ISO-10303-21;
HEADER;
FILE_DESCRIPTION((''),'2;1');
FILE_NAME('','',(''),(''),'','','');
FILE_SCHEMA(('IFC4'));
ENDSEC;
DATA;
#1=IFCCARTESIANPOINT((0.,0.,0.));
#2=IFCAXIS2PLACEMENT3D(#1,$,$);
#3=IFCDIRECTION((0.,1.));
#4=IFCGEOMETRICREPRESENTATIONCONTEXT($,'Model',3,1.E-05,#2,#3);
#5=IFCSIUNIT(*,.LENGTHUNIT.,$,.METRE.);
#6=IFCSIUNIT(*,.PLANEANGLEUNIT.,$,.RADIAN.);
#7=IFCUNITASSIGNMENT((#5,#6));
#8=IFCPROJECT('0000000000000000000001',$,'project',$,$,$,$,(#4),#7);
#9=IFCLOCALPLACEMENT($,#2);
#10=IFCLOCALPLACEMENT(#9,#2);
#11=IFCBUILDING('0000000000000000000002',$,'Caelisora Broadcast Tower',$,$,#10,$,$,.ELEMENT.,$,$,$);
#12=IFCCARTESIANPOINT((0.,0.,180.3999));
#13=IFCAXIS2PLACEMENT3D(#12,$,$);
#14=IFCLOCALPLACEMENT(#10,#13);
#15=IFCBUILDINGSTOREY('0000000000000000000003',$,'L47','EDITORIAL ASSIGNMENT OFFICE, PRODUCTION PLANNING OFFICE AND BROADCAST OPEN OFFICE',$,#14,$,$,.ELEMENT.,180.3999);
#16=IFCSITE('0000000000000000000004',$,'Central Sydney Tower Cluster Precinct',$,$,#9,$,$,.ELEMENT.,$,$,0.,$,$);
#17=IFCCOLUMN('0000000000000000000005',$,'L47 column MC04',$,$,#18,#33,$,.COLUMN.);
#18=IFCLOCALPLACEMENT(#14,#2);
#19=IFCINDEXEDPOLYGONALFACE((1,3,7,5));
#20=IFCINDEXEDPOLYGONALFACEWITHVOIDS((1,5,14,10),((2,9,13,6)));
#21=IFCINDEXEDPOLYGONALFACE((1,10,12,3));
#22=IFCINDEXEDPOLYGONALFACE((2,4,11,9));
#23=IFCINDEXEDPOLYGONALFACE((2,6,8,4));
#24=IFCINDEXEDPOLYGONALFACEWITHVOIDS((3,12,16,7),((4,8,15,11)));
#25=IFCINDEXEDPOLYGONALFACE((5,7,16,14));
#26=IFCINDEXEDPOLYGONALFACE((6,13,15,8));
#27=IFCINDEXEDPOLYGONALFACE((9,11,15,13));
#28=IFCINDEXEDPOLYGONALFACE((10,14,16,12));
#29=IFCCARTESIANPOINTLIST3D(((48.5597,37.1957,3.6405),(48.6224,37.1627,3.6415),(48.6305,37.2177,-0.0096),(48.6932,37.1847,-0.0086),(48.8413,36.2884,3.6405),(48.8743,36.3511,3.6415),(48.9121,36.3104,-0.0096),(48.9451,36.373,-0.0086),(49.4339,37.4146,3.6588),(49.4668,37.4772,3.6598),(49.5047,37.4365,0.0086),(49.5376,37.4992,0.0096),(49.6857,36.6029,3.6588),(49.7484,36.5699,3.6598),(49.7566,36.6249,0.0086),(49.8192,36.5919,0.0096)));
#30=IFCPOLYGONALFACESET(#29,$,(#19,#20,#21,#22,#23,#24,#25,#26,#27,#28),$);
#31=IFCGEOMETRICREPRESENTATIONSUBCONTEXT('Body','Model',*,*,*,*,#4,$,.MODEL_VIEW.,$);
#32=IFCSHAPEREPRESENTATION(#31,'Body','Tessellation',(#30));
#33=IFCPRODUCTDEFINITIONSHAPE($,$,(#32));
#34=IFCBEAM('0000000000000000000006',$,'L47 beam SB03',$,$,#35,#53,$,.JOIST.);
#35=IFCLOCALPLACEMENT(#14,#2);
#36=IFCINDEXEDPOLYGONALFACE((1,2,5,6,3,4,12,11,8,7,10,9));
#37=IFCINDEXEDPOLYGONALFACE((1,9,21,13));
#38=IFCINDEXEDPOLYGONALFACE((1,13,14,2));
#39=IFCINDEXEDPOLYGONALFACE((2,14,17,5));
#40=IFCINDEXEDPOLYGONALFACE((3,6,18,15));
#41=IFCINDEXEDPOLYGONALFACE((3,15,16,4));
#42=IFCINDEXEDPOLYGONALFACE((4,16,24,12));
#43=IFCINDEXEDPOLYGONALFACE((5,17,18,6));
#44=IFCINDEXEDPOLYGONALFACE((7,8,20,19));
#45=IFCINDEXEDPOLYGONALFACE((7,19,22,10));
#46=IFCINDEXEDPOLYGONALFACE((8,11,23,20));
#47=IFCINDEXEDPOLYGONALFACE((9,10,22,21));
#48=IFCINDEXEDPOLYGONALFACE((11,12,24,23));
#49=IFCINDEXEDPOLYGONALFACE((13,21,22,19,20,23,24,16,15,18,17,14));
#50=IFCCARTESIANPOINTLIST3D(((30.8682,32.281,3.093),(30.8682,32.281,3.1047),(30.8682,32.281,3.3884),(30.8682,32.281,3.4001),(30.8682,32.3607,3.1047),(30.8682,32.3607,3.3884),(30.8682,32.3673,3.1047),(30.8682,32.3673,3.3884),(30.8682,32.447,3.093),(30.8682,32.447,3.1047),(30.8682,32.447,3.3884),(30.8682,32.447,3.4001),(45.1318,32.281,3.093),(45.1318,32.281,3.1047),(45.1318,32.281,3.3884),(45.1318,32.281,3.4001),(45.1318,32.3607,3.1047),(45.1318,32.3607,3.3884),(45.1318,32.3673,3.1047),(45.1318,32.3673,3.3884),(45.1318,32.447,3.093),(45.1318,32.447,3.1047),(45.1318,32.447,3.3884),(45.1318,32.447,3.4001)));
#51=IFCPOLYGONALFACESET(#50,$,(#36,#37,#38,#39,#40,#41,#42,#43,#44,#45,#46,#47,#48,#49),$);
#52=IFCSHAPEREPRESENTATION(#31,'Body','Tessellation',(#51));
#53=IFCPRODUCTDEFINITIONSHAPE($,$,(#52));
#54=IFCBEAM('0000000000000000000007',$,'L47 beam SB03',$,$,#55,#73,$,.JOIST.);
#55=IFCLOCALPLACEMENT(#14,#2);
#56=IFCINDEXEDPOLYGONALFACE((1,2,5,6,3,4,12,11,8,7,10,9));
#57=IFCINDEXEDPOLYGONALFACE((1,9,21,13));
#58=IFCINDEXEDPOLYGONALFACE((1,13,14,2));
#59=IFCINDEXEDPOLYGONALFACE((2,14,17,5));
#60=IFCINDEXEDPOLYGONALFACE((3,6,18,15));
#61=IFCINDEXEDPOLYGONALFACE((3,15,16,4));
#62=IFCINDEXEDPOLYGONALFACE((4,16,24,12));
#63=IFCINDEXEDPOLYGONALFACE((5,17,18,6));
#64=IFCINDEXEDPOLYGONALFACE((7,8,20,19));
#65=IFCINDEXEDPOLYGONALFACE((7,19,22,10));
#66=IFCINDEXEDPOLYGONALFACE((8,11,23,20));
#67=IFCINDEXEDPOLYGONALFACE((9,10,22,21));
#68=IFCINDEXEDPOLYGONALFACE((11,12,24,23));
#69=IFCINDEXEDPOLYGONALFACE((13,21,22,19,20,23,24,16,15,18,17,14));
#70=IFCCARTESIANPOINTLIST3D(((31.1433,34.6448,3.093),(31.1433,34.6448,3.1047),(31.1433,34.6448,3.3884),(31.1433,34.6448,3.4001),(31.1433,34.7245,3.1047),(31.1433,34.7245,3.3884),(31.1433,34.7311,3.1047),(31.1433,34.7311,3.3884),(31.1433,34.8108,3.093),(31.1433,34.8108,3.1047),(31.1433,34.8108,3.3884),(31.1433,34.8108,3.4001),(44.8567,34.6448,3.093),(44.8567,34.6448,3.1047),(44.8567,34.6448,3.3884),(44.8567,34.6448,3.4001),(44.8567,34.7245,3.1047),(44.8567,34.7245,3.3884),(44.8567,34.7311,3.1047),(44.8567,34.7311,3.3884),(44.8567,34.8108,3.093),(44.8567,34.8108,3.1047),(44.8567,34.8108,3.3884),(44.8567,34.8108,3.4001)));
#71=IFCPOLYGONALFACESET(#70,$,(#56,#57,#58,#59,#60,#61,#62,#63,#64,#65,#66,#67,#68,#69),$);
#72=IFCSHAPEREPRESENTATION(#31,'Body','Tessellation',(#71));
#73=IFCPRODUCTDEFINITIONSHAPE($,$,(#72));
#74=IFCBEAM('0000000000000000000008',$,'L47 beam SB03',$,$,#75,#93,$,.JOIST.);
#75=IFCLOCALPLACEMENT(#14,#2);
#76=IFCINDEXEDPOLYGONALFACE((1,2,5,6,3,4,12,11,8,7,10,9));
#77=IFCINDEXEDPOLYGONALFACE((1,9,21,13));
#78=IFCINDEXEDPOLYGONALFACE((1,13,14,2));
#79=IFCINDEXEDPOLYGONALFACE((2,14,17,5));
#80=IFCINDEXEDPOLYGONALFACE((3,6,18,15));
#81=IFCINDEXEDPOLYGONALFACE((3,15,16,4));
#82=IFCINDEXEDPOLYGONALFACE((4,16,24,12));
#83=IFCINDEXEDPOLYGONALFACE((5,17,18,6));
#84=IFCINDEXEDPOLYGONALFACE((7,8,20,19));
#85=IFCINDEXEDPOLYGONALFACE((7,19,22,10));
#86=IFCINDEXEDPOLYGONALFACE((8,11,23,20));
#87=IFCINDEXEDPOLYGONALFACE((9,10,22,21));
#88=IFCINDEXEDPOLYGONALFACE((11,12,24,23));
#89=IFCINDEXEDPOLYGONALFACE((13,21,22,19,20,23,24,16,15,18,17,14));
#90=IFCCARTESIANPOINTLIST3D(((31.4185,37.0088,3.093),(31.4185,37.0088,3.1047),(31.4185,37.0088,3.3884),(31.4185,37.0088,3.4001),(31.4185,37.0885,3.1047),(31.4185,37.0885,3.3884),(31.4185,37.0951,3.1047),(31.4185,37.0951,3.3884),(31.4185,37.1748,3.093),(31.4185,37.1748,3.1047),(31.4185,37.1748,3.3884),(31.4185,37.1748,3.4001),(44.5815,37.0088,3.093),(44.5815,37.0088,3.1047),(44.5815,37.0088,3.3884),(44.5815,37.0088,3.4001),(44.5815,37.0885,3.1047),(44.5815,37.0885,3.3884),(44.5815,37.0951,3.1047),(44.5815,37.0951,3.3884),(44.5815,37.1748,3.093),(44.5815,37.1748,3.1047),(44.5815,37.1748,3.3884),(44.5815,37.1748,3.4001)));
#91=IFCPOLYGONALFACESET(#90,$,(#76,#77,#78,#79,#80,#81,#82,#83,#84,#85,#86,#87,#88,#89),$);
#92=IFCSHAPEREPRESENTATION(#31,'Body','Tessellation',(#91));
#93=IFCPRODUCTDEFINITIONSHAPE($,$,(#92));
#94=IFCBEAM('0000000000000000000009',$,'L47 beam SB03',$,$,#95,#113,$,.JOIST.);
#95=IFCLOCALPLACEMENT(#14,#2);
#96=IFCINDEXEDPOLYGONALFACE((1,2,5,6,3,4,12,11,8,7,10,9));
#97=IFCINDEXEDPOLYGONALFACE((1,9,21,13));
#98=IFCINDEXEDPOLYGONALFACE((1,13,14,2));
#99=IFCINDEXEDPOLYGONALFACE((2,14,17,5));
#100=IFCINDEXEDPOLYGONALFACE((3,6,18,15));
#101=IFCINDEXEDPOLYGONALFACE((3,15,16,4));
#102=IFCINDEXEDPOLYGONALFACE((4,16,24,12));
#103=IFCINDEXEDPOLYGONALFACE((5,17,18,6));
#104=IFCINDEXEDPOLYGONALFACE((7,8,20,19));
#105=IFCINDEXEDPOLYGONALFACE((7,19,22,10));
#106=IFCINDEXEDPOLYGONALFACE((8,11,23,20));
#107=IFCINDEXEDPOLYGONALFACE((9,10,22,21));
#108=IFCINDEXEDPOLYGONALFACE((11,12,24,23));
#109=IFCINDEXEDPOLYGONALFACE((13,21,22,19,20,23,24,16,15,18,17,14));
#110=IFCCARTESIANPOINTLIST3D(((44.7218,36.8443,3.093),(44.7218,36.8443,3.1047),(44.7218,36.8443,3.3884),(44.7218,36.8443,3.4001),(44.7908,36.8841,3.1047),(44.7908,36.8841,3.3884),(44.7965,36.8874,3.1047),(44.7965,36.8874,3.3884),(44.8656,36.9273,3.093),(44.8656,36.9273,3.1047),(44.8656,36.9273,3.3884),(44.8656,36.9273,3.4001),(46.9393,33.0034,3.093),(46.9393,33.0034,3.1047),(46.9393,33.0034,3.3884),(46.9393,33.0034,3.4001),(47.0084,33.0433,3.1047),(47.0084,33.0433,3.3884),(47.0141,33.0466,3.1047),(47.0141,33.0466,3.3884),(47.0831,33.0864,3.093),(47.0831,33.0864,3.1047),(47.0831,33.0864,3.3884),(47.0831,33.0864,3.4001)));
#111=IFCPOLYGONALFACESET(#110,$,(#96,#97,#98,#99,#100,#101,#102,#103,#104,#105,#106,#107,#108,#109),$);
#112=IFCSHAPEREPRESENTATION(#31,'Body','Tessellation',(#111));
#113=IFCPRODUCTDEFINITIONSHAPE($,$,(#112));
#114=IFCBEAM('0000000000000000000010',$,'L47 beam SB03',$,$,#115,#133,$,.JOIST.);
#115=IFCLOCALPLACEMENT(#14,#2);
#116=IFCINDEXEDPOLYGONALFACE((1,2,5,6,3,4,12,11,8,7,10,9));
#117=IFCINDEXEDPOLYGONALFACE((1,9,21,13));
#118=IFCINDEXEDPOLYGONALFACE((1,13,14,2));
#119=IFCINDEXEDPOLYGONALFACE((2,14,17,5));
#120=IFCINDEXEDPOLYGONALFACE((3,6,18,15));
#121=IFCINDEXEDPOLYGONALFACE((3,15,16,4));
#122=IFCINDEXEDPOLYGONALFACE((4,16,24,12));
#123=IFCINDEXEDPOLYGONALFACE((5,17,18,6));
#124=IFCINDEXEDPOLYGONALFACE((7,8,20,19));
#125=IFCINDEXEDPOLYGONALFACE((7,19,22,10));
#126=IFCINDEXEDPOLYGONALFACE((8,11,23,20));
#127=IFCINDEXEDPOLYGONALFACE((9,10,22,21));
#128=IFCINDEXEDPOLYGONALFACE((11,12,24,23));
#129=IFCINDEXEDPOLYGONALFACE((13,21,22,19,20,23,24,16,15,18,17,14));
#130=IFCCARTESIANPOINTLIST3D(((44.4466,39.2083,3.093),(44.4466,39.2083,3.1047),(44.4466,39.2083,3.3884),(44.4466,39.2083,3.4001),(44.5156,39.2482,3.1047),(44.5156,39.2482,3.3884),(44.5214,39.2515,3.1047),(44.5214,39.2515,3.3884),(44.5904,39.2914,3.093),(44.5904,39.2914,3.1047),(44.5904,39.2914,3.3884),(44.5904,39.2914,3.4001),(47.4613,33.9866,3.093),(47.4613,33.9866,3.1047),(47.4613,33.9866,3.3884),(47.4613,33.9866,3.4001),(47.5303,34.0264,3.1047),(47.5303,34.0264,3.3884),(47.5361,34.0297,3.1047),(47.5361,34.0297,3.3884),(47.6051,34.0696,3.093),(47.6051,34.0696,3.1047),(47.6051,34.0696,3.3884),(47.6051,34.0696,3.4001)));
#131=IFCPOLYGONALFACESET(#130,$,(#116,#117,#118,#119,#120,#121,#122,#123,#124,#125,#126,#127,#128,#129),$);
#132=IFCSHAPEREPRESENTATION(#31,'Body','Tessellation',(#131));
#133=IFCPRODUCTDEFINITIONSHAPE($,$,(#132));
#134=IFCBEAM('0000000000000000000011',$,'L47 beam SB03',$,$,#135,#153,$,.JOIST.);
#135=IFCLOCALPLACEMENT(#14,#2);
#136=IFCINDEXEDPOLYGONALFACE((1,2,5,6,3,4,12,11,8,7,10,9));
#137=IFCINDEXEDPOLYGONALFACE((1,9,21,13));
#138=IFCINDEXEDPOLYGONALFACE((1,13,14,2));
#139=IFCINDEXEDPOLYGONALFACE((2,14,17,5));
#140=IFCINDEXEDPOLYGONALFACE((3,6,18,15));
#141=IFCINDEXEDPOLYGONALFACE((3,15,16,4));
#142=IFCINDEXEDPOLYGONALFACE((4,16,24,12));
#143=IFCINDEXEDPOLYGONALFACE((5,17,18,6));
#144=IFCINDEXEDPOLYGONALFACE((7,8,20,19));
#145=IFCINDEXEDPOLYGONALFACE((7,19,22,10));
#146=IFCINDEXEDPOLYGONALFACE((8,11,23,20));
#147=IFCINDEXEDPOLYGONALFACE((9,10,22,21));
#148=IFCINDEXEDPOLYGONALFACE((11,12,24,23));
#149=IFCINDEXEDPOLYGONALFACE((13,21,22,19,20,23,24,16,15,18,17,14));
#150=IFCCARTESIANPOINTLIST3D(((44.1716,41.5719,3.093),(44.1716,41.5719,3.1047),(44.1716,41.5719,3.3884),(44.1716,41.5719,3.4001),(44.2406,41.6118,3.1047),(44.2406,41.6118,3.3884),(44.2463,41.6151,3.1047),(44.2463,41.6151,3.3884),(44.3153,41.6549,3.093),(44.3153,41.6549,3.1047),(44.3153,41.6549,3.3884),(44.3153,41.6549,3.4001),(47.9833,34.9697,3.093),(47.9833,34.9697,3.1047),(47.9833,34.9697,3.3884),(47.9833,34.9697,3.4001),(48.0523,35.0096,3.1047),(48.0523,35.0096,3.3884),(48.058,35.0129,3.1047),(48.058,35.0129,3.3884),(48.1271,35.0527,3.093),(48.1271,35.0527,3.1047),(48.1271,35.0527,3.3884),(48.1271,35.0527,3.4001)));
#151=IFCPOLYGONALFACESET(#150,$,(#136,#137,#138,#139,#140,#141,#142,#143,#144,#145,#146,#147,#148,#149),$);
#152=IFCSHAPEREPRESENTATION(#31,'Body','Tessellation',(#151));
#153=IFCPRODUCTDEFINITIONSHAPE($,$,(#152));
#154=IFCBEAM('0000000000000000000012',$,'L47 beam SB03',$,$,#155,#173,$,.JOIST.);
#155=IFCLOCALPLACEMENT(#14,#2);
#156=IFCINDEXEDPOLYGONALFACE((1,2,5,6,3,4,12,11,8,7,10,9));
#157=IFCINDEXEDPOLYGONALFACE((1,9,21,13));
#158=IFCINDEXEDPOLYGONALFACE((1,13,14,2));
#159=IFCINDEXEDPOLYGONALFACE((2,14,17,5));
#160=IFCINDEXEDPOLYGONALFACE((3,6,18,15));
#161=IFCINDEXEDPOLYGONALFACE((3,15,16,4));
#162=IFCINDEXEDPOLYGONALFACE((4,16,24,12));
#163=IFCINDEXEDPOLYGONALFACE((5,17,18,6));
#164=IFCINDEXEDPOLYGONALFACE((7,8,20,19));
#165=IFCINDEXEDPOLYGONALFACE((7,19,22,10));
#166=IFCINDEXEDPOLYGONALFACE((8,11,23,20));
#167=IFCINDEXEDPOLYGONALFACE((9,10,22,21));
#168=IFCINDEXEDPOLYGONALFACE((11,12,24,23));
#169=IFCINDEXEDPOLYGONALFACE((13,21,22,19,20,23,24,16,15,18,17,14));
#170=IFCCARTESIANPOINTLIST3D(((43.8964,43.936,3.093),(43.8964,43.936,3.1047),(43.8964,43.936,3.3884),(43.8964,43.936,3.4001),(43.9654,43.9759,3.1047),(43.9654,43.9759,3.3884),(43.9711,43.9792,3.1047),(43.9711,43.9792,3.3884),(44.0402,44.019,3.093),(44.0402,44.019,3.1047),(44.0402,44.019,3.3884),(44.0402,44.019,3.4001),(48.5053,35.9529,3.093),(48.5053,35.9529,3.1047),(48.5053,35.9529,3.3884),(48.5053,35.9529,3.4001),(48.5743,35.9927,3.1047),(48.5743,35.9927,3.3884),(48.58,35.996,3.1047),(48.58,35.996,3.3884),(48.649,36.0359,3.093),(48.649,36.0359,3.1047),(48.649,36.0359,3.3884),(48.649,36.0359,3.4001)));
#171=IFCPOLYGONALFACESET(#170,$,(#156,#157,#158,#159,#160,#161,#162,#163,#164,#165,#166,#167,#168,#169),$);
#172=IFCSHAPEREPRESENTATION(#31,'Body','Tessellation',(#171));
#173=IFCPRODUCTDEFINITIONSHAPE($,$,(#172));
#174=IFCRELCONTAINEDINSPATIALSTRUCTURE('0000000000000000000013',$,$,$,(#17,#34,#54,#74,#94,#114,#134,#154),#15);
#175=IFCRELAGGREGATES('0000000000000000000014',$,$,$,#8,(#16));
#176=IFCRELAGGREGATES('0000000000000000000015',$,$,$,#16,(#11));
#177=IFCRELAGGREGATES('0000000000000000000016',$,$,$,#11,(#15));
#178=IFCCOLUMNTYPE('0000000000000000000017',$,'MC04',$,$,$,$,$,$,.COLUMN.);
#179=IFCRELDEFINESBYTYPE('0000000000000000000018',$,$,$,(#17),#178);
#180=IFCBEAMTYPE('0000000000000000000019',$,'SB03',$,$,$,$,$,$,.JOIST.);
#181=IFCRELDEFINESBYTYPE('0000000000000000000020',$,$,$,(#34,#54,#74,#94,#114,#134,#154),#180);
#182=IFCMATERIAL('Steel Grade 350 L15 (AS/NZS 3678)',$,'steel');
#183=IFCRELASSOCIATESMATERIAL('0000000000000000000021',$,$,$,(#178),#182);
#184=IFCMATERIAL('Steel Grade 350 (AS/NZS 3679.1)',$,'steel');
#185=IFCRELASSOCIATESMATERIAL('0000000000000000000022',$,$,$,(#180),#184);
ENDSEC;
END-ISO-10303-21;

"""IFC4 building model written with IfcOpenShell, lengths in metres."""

from ifc_helpers import new_model, si_unit, direction, frame, origin, origin_2d, place, context, subcontext, project, spatial, hollow_rectangle, i_section, extrude, source, transform, mapped, material, material_profile, profile_set, type_object, type_shapes, element, save


model = new_model("IFC4")

# Units and contexts
model_context = context("Model", 3, precision=1e-05, world=origin(), true_north=direction((0.0, 1.0)))
body_context = subcontext(model_context, "Body", "Model", "MODEL_VIEW")
ifc_project = project(units=[si_unit("LENGTHUNIT", "METRE"), si_unit("PLANEANGLEUNIT", "RADIAN")], contexts=[model_context])

# Site, building, storey
site_placement = place(None, origin())
site = spatial("IfcSite", under=ifc_project, at=site_placement, Name="Central Sydney Tower Cluster Precinct", CompositionType="ELEMENT", RefElevation=0.0)
building_placement = place(site_placement, origin())
building = spatial("IfcBuilding", under=site, at=building_placement, Name="Caelisora Broadcast Tower", CompositionType="ELEMENT")
storey_placement = place(building_placement, frame((0.0, 0.0, 180.3999)))
storey = spatial("IfcBuildingStorey", under=building, at=storey_placement, Name="L47", Description="EDITORIAL ASSIGNMENT OFFICE, PRODUCTION PLANNING OFFICE AND BROADCAST OPEN OFFICE", CompositionType="ELEMENT", Elevation=180.3999)

# Column
ifc_material_1 = material(Name="Steel Grade 350 L15 (AS/NZS 3678)", Category="steel")
ifc_material_profile_1 = material_profile(ifc_material_1, hollow_rectangle(XDim=0.95, YDim=0.95, WallThickness=0.05, at=origin_2d()), Name="Steel Grade 350 L15 (AS/NZS 3678)")
ifc_profile_set_1 = profile_set([ifc_material_profile_1], Name="Steel Grade 350 L15 (AS/NZS 3678)")
column_type = type_object("IfcColumnType", Name="MC04", PredefinedType="COLUMN", material=ifc_profile_set_1)
shared_shape_1 = source(origin(), body_context, "Body", "SweptSolid", [
    extrude(hollow_rectangle(XDim=0.95, YDim=0.95, WallThickness=0.05, at=origin_2d()), origin(), (0.0, 0.0, 1.0), 3.6509),
])
type_shapes(column_type, [shared_shape_1])
column_placement = place(storey_placement, frame((49.2249, 36.9048, 0.0), z_axis=(-0.019393, -0.006018, 0.999794), x_axis=(0.296399, -0.955064, 0.0)))
element("IfcColumn", 1, at=column_placement, inside=storey, type_object=column_type, Name="L47 column MC04", PredefinedType="COLUMN", context=body_context, shape_type="MappedRepresentation", body=[
    mapped(shared_shape_1, transform((0.0, 0.0, 0.0), scale=1.0)),
])

# Beams
ifc_material_2 = material(Name="Steel Grade 350 (AS/NZS 3679.1)", Category="steel")
ifc_material_profile_2 = material_profile(ifc_material_2, i_section(OverallWidth=0.166, OverallDepth=0.3071, WebThickness=0.0066, FlangeThickness=0.0117, at=origin_2d()), Name="Steel Grade 350 (AS/NZS 3679.1)")
ifc_profile_set_2 = profile_set([ifc_material_profile_2], Name="Steel Grade 350 (AS/NZS 3679.1)")
beam_type = type_object("IfcBeamType", Name="SB03", PredefinedType="JOIST", material=ifc_profile_set_2)
shared_shape_2 = source(origin(), body_context, "Body", "SweptSolid", [
    extrude(i_section(OverallWidth=0.166, OverallDepth=0.3071, WebThickness=0.0066, FlangeThickness=0.0117, at=origin_2d()), origin(), (0.0, 0.0, 1.0), 14.2637),
])
beam_1_placement = place(storey_placement, frame((45.1318, 32.364, 3.2466), z_axis=(-1.0, 0.0, 0.0), x_axis=(0.0, -1.0, 0.0)))
element("IfcBeam", 2, at=beam_1_placement, inside=storey, type_object=beam_type, Name="L47 beam SB03", PredefinedType="JOIST", context=body_context, shape_type="MappedRepresentation", body=[
    mapped(shared_shape_2, transform((0.0, 0.0, 0.0), scale=1.0)),
])
shared_shape_3 = source(origin(), body_context, "Body", "SweptSolid", [
    extrude(i_section(OverallWidth=0.166, OverallDepth=0.3071, WebThickness=0.0066, FlangeThickness=0.0117, at=origin_2d()), origin(), (0.0, 0.0, 1.0), 13.7134),
])
beam_2_placement = place(storey_placement, frame((44.8567, 34.7278, 3.2466), z_axis=(-1.0, 0.0, 0.0), x_axis=(0.0, -1.0, 0.0)))
element("IfcBeam", 3, at=beam_2_placement, inside=storey, type_object=beam_type, Name="L47 beam SB03", PredefinedType="JOIST", context=body_context, shape_type="MappedRepresentation", body=[
    mapped(shared_shape_3, transform((0.0, 0.0, 0.0), scale=1.0)),
])
shared_shape_4 = source(origin(), body_context, "Body", "SweptSolid", [
    extrude(i_section(OverallWidth=0.166, OverallDepth=0.3071, WebThickness=0.0066, FlangeThickness=0.0117, at=origin_2d()), origin(), (0.0, 0.0, 1.0), 13.1631),
])
beam_3_placement = place(storey_placement, frame((44.5815, 37.0918, 3.2466), z_axis=(-1.0, 0.0, 0.0), x_axis=(0.0, -1.0, 0.0)))
element("IfcBeam", 4, at=beam_3_placement, inside=storey, type_object=beam_type, Name="L47 beam SB03", PredefinedType="JOIST", context=body_context, shape_type="MappedRepresentation", body=[
    mapped(shared_shape_4, transform((0.0, 0.0, 0.0), scale=1.0)),
])
shared_shape_5 = source(origin(), body_context, "Body", "SweptSolid", [
    extrude(i_section(OverallWidth=0.166, OverallDepth=0.3071, WebThickness=0.0066, FlangeThickness=0.0117, at=origin_2d()), origin(), (0.0, 0.0, 1.0), 4.4351),
])
beam_4_placement = place(storey_placement, frame((47.0112, 33.0449, 3.2466), z_axis=(-0.500005, 0.866022, 0.0), x_axis=(-0.866022, -0.500005, 0.0)))
element("IfcBeam", 5, at=beam_4_placement, inside=storey, type_object=beam_type, Name="L47 beam SB03", PredefinedType="JOIST", context=body_context, shape_type="MappedRepresentation", body=[
    mapped(shared_shape_5, transform((0.0, 0.0, 0.0), scale=1.0)),
])
shared_shape_6 = source(origin(), body_context, "Body", "SweptSolid", [
    extrude(i_section(OverallWidth=0.166, OverallDepth=0.3071, WebThickness=0.0066, FlangeThickness=0.0117, at=origin_2d()), origin(), (0.0, 0.0, 1.0), 6.0295),
])
beam_5_placement = place(storey_placement, frame((47.5332, 34.0281, 3.2466), z_axis=(-0.499989, 0.866032, 0.0), x_axis=(-0.866032, -0.499989, 0.0)))
element("IfcBeam", 6, at=beam_5_placement, inside=storey, type_object=beam_type, Name="L47 beam SB03", PredefinedType="JOIST", context=body_context, shape_type="MappedRepresentation", body=[
    mapped(shared_shape_6, transform((0.0, 0.0, 0.0), scale=1.0)),
])
shared_shape_7 = source(origin(), body_context, "Body", "SweptSolid", [
    extrude(i_section(OverallWidth=0.166, OverallDepth=0.3071, WebThickness=0.0066, FlangeThickness=0.0117, at=origin_2d()), origin(), (0.0, 0.0, 1.0), 7.6235),
])
beam_6_placement = place(storey_placement, frame((48.0552, 35.0112, 3.2466), z_axis=(-0.499993, 0.866029, 0.0), x_axis=(-0.866029, -0.499993, 0.0)))
element("IfcBeam", 7, at=beam_6_placement, inside=storey, type_object=beam_type, Name="L47 beam SB03", PredefinedType="JOIST", context=body_context, shape_type="MappedRepresentation", body=[
    mapped(shared_shape_7, transform((0.0, 0.0, 0.0), scale=1.0)),
])
shared_shape_8 = source(origin(), body_context, "Body", "SweptSolid", [
    extrude(i_section(OverallWidth=0.166, OverallDepth=0.3071, WebThickness=0.0066, FlangeThickness=0.0117, at=origin_2d()), origin(), (0.0, 0.0, 1.0), 9.218),
])
type_shapes(beam_type, [shared_shape_2, shared_shape_3, shared_shape_4, shared_shape_5, shared_shape_6, shared_shape_7, shared_shape_8])
beam_7_placement = place(storey_placement, frame((48.5771, 35.9944, 3.2466), z_axis=(-0.499985, 0.866034, 0.0), x_axis=(-0.866034, -0.499985, 0.0)))
element("IfcBeam", 8, at=beam_7_placement, inside=storey, type_object=beam_type, Name="L47 beam SB03", PredefinedType="JOIST", context=body_context, shape_type="MappedRepresentation", body=[
    mapped(shared_shape_8, transform((0.0, 0.0, 0.0), scale=1.0)),
])

save(model, "model.ifc")
